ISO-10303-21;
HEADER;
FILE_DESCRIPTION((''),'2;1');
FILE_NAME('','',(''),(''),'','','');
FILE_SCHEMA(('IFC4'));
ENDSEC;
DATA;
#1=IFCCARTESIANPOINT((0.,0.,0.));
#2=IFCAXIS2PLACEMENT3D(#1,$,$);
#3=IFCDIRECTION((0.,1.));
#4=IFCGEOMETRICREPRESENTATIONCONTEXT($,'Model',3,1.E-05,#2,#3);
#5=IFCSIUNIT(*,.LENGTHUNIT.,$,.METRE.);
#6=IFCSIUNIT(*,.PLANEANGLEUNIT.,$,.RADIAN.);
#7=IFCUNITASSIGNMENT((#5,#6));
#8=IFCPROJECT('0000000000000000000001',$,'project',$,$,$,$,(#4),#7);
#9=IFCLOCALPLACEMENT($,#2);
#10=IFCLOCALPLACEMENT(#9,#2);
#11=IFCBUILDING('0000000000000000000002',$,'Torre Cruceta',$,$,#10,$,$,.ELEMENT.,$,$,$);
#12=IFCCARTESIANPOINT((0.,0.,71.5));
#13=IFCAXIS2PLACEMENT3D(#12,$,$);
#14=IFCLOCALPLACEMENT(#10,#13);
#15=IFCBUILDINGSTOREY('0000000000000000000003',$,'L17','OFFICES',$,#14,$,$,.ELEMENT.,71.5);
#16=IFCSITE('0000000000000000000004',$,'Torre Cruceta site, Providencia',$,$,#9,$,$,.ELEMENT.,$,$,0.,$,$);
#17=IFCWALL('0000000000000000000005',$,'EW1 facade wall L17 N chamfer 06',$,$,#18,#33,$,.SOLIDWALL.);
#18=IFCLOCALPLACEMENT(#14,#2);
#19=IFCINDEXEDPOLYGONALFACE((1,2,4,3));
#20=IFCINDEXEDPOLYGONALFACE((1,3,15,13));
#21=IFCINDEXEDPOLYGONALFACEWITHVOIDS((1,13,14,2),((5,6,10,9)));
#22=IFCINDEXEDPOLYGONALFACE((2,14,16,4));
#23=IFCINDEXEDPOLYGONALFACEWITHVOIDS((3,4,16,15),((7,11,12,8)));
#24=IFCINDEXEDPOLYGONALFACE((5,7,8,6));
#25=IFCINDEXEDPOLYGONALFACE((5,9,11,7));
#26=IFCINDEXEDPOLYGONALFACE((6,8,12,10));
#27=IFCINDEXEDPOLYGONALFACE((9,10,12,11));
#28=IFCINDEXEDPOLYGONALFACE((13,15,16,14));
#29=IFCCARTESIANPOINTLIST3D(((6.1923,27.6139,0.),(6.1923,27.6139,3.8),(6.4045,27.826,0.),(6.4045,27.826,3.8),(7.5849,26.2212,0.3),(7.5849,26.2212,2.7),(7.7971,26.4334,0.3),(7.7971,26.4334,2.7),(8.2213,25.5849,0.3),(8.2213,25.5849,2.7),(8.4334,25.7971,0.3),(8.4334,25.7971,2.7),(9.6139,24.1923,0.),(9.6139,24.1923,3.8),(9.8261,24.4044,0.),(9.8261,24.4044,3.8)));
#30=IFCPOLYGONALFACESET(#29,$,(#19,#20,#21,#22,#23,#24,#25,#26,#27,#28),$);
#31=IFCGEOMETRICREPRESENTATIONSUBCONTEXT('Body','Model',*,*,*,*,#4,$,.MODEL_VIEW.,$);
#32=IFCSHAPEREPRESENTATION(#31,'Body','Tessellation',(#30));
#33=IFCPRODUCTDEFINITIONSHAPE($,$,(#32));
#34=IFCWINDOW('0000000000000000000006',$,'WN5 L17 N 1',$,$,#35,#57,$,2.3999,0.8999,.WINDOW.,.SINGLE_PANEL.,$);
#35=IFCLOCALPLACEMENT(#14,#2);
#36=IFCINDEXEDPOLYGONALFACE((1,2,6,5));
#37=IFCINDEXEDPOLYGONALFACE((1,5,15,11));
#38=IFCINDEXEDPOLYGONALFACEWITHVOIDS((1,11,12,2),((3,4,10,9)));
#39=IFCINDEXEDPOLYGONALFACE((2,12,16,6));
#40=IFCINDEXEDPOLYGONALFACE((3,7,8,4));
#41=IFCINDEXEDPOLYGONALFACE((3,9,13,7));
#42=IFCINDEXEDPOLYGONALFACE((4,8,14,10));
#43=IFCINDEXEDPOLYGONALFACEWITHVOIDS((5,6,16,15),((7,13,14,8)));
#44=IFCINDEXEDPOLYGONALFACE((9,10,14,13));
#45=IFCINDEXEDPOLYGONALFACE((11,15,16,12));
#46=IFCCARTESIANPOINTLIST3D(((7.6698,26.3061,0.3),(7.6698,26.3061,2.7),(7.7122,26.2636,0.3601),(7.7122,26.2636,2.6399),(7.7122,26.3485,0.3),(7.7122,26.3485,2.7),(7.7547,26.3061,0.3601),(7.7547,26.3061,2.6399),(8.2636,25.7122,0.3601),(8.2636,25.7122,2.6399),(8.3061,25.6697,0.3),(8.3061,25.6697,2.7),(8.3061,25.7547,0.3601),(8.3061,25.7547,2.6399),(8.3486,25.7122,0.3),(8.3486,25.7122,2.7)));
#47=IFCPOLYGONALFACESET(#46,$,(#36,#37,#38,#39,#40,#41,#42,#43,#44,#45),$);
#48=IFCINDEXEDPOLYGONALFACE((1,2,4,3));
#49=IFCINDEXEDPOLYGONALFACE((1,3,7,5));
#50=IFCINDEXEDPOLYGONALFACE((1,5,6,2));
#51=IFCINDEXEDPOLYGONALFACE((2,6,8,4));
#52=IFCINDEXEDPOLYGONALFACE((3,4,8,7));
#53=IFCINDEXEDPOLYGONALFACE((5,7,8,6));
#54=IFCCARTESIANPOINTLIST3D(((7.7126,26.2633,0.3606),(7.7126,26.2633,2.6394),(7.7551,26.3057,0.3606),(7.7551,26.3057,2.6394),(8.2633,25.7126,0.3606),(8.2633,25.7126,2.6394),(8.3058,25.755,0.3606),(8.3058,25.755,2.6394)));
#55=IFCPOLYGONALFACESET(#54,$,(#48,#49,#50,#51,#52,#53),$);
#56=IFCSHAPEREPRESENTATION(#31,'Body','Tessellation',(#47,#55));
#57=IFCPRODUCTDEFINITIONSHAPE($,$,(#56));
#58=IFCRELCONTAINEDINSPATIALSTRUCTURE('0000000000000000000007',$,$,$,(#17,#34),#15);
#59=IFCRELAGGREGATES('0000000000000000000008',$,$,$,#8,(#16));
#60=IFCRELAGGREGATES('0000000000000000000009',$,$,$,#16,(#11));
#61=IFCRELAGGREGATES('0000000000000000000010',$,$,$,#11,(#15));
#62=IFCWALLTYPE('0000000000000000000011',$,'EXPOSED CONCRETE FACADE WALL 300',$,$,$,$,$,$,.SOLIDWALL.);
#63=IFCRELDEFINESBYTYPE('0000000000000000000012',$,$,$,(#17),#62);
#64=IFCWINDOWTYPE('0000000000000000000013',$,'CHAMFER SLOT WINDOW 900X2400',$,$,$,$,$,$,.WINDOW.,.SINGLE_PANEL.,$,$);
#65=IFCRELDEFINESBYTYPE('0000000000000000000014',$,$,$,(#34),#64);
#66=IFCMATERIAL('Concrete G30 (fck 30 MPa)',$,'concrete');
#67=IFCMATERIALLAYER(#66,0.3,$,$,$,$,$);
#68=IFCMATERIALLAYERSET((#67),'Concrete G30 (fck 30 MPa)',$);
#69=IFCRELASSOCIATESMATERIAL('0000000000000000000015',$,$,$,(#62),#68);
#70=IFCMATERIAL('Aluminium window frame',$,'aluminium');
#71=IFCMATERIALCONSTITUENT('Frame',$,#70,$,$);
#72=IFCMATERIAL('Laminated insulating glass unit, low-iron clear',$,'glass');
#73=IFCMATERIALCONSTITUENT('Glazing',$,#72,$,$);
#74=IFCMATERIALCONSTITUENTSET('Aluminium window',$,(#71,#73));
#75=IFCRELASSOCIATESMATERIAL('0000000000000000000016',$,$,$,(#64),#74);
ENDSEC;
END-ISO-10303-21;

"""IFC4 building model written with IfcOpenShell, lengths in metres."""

from ifc_helpers import new_model, si_unit, direction, frame, frame_2d, origin, place, context, subcontext, project, spatial, rectangle, hollow_rectangle, extrude, material, layer, layer_set, constituent, constituent_set, type_object, element, fill, save


model = new_model("IFC4")

# Units and contexts
model_context = context("Model", 3, precision=1e-05, world=origin(), true_north=direction((0.0, 1.0)))
body_context = subcontext(model_context, "Body", "Model", "MODEL_VIEW")
ifc_project = project(units=[si_unit("LENGTHUNIT", "METRE"), si_unit("PLANEANGLEUNIT", "RADIAN")], contexts=[model_context])

# Site, building, storey
site_placement = place(None, origin())
site = spatial("IfcSite", under=ifc_project, at=site_placement, Name="Torre Cruceta site, Providencia", CompositionType="ELEMENT", RefElevation=0.0)
building_placement = place(site_placement, origin())
building = spatial("IfcBuilding", under=site, at=building_placement, Name="Torre Cruceta", CompositionType="ELEMENT")
storey_placement = place(building_placement, frame((0.0, 0.0, 71.5)))
storey = spatial("IfcBuildingStorey", under=building, at=storey_placement, Name="L17", Description="OFFICES", CompositionType="ELEMENT", Elevation=71.5)

# Wall, opening, window
ifc_material_1 = material(Name="Concrete G30 (fck 30 MPa)", Category="concrete")
ifc_layer_1 = layer(ifc_material_1, 0.3)
ifc_layer_set_1 = layer_set([ifc_layer_1], Name="Concrete G30 (fck 30 MPa)")
wall_type = type_object("IfcWallType", Name="EXPOSED CONCRETE FACADE WALL 300", PredefinedType="SOLIDWALL", material=ifc_layer_set_1)
wall_placement = place(storey_placement, frame((9.72, 24.2983, 0.0), z_axis=(0.0, 0.0, 1.0), x_axis=(-0.707107, 0.707107, 0.0)))
wall = element("IfcWall", 1, at=wall_placement, inside=storey, type_object=wall_type, Name="EW1 facade wall L17 N chamfer 06", PredefinedType="SOLIDWALL", context=body_context, shape_type="SweptSolid", body=[
    extrude(rectangle(XDim=4.8389, YDim=0.3, at=frame_2d((2.4194, 0.0))), origin(), (0.0, 0.0, 1.0), 3.8),
])
opening_placement = place(wall_placement, frame((1.9695, 0.0, 0.3)))
opening = element("IfcOpeningElement", 2, at=opening_placement, cuts=wall, PredefinedType="OPENING", context=body_context, shape_type="SweptSolid", body=[
    extrude(rectangle(XDim=0.8999, YDim=2.3999, at=frame_2d((0.45, 1.2))), frame((0.0, 0.1599, 0.0), z_axis=(0.0, -1.0, 0.0), x_axis=(1.0, 0.0, 0.0)), (0.0, 0.0, 1.0), 0.3201),
])
ifc_material_2 = material(Name="Aluminium window frame", Category="aluminium")
ifc_constituent_1 = constituent(ifc_material_2, Name="Frame")
ifc_material_3 = material(Name="Laminated insulating glass unit, low-iron clear", Category="glass")
ifc_constituent_2 = constituent(ifc_material_3, Name="Glazing")
ifc_constituent_set = constituent_set(constituents=[ifc_constituent_1, ifc_constituent_2], Name="Aluminium window")
window_type = type_object("IfcWindowType", Name="CHAMFER SLOT WINDOW 900X2400", PartitioningType="SINGLE_PANEL", PredefinedType="WINDOW", material=ifc_constituent_set)
window_placement = place(opening_placement, origin())
window = element("IfcWindow", 3, at=window_placement, inside=storey, type_object=window_type, Name="WN5 L17 N 1", OverallHeight=2.3999, OverallWidth=0.8999, PartitioningType="SINGLE_PANEL", PredefinedType="WINDOW", context=body_context, shape_type="SweptSolid", body=[
    extrude(hollow_rectangle(XDim=0.8999, YDim=2.3999, WallThickness=0.0601, at=frame_2d((0.45, 1.2))), frame((0.0, 0.03, 0.0), z_axis=(0.0, -1.0, 0.0), x_axis=(1.0, 0.0, 0.0)), (0.0, 0.0, 1.0), 0.0601),
    extrude(rectangle(XDim=0.7788, YDim=2.2788, at=frame_2d((0.45, 1.2))), frame((0.0, 0.03, 0.0), z_axis=(0.0, -1.0, 0.0), x_axis=(1.0, 0.0, 0.0)), (0.0, 0.0, 1.0), 0.0601),
])
fill(opening, window)

save(model, "model.ifc")
